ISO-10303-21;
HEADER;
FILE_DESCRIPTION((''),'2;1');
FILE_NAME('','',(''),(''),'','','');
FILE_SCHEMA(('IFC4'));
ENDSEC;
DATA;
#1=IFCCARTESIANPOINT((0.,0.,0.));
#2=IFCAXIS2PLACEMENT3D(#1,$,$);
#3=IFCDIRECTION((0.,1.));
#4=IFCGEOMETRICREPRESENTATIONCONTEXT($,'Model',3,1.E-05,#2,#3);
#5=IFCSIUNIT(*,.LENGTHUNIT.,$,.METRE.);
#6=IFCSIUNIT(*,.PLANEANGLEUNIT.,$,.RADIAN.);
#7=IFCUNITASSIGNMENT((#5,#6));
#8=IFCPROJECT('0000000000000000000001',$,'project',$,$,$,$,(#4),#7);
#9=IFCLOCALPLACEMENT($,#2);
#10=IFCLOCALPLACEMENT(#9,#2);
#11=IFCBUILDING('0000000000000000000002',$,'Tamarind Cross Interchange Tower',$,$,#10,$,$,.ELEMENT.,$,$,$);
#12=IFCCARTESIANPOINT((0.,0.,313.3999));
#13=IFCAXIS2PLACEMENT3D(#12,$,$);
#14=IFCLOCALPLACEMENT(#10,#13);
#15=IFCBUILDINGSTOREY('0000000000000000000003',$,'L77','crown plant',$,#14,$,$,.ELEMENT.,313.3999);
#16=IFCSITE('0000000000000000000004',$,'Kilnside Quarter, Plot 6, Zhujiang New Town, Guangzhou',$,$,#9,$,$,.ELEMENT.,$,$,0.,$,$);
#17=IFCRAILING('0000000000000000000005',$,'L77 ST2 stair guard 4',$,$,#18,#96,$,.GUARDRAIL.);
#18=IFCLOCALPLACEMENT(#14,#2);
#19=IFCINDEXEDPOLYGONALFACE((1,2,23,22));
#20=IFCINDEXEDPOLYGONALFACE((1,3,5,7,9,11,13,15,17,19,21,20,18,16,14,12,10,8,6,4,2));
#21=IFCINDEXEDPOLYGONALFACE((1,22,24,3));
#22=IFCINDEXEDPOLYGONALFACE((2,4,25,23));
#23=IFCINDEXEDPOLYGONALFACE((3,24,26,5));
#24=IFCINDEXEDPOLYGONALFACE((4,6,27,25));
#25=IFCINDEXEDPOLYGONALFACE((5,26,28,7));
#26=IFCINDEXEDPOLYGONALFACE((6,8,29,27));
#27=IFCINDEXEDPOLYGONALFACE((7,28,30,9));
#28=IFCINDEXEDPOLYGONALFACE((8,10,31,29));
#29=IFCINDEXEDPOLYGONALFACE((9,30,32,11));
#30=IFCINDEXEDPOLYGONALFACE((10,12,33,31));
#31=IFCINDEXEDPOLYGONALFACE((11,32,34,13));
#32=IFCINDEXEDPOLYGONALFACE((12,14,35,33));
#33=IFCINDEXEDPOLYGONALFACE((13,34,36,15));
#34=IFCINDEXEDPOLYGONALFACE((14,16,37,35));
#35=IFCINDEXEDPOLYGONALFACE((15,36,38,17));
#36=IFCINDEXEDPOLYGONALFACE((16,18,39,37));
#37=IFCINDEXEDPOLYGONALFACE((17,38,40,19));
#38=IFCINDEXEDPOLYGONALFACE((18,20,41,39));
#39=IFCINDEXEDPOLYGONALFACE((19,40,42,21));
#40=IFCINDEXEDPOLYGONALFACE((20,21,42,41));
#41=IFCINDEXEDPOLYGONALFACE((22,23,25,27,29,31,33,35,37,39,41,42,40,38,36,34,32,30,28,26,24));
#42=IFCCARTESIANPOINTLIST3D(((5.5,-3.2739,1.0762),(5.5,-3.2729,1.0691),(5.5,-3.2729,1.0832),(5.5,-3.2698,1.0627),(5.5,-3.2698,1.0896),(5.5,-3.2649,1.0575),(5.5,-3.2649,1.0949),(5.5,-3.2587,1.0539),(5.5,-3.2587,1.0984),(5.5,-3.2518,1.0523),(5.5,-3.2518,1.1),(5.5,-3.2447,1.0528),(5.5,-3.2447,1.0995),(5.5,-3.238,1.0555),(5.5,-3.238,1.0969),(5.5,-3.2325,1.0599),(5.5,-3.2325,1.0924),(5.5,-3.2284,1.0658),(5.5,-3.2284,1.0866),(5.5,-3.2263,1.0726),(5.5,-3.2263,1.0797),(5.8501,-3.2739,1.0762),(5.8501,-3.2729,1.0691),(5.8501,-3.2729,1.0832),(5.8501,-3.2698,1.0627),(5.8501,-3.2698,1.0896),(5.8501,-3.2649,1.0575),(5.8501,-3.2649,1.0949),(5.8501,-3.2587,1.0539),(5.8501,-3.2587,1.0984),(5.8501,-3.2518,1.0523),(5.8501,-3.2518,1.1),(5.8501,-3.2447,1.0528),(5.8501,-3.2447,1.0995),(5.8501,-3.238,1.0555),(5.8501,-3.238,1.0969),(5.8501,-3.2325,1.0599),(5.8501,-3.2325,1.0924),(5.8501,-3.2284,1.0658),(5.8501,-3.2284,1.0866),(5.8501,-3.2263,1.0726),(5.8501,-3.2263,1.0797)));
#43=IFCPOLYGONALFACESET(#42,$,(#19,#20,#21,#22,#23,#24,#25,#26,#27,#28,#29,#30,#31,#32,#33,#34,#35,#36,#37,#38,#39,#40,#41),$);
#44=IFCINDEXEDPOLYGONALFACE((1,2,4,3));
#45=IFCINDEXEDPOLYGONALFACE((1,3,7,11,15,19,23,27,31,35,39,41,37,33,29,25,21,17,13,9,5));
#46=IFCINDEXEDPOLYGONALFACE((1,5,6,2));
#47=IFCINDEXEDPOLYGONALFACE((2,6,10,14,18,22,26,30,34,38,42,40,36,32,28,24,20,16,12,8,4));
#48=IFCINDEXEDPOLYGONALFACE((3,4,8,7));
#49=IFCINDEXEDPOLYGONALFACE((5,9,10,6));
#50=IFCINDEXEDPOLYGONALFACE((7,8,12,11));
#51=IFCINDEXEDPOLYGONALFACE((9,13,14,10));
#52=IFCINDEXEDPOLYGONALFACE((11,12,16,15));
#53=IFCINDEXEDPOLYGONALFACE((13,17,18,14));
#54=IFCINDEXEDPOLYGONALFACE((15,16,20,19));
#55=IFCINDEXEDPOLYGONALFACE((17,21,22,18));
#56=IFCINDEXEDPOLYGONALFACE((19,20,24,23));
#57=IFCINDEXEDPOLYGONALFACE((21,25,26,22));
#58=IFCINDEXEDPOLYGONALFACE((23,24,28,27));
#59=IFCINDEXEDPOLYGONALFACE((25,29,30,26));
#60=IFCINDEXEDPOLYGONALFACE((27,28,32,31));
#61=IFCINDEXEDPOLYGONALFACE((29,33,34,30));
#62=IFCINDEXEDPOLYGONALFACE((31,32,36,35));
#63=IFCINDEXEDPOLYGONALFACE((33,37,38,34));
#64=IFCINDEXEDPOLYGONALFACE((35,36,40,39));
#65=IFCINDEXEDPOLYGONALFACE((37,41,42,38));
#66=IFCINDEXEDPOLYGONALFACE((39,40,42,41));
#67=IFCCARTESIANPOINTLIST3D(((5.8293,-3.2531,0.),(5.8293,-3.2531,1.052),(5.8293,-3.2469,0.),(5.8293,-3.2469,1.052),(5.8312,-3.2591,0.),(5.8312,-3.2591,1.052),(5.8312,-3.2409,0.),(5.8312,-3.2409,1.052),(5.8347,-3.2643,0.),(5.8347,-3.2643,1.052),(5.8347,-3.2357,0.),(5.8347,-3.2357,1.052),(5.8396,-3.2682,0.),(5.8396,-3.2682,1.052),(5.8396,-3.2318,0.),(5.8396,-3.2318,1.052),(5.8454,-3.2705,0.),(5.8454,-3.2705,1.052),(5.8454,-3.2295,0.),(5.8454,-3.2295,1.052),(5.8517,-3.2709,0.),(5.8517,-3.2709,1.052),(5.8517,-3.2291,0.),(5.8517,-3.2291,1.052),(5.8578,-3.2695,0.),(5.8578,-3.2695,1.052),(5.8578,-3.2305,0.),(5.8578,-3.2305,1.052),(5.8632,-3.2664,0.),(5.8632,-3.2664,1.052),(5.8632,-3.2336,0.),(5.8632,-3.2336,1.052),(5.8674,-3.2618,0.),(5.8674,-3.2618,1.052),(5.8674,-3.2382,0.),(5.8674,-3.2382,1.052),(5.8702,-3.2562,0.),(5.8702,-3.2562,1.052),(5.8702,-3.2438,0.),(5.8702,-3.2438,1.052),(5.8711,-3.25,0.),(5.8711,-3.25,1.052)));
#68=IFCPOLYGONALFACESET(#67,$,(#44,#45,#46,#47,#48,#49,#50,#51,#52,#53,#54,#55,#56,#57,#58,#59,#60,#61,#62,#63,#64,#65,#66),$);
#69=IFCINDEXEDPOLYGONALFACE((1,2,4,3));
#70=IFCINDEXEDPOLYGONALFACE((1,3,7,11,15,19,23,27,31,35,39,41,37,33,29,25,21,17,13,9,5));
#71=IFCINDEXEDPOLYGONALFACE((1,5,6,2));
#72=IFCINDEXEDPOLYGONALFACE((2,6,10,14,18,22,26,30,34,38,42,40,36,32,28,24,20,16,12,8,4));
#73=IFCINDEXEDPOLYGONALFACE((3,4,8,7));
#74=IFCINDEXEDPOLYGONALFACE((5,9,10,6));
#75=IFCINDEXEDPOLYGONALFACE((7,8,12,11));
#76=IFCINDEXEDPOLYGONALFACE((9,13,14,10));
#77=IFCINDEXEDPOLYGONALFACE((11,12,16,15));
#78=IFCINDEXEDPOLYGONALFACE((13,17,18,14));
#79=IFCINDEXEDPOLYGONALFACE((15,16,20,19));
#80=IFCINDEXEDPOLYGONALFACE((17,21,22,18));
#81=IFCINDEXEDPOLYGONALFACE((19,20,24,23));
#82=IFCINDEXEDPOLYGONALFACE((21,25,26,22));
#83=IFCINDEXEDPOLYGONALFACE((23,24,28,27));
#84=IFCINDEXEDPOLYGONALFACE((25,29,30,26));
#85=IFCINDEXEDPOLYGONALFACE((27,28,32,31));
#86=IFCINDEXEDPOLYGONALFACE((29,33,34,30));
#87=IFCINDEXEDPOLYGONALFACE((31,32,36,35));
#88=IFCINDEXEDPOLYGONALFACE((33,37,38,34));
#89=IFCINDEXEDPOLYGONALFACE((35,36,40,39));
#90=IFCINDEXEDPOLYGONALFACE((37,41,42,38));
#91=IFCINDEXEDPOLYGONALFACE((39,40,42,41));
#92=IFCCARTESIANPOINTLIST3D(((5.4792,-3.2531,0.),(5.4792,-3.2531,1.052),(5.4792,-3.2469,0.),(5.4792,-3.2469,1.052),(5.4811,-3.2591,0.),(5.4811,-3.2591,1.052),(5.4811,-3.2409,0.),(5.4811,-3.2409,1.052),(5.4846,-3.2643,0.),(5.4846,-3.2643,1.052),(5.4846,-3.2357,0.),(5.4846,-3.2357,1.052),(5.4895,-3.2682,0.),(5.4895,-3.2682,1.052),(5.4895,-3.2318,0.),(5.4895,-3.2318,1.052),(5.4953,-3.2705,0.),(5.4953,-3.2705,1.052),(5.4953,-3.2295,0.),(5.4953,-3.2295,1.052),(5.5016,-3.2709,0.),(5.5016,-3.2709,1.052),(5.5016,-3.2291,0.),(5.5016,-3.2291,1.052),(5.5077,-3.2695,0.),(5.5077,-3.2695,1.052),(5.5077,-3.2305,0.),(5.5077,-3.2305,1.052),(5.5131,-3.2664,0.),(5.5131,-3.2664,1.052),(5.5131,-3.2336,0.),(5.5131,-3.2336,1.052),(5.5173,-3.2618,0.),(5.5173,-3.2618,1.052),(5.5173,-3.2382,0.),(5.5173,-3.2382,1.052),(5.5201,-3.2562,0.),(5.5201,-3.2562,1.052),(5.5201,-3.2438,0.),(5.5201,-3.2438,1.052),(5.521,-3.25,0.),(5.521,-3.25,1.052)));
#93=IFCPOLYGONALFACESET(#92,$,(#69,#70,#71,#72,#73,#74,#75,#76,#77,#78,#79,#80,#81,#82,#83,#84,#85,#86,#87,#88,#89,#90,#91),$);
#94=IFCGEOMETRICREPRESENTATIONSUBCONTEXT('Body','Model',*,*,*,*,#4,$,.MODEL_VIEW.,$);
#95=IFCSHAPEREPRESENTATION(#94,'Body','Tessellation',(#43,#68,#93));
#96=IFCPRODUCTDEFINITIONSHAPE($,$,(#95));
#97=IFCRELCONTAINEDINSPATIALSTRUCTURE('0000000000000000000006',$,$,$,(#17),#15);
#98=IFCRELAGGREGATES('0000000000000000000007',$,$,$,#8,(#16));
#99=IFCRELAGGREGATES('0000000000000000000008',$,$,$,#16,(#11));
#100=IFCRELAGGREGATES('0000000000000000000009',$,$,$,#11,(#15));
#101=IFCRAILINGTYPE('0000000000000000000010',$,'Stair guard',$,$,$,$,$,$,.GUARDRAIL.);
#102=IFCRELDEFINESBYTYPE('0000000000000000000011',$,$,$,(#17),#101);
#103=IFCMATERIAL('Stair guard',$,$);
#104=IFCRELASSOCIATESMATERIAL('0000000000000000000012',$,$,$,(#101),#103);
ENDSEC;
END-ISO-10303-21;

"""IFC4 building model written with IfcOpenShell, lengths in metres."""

from ifc_helpers import new_model, si_unit, direction, frame, origin, origin_2d, place, context, subcontext, project, spatial, circle, extrude, material, type_object, element, save


model = new_model("IFC4")

# Units and contexts
model_context = context("Model", 3, precision=1e-05, world=origin(), true_north=direction((0.0, 1.0)))
body_context = subcontext(model_context, "Body", "Model", "MODEL_VIEW")
ifc_project = project(units=[si_unit("LENGTHUNIT", "METRE"), si_unit("PLANEANGLEUNIT", "RADIAN")], contexts=[model_context])

# Site, building, storey
site_placement = place(None, origin())
site = spatial("IfcSite", under=ifc_project, at=site_placement, Name="Kilnside Quarter, Plot 6, Zhujiang New Town, Guangzhou", CompositionType="ELEMENT", RefElevation=0.0)
building_placement = place(site_placement, origin())
building = spatial("IfcBuilding", under=site, at=building_placement, Name="Tamarind Cross Interchange Tower", CompositionType="ELEMENT")
storey_placement = place(building_placement, frame((0.0, 0.0, 313.3999)))
storey = spatial("IfcBuildingStorey", under=building, at=storey_placement, Name="L77", Description="crown plant", CompositionType="ELEMENT", Elevation=313.3999)

# Railing
ifc_material_1 = material(Name="Stair guard")
railing_type_1 = type_object("IfcRailingType", Name="Stair guard", PredefinedType="GUARDRAIL", material=ifc_material_1)
railing_1_placement = place(storey_placement, frame((5.8501, -3.25, 0.0)))
element("IfcRailing", 1, at=railing_1_placement, inside=storey, type_object=railing_type_1, Name="L77 ST2 stair guard 4", PredefinedType="GUARDRAIL", context=body_context, shape_type="SweptSolid", body=[
    extrude(circle(Radius=0.0239, at=origin_2d()), frame((0.0, 0.0, 1.0762), z_axis=(-1.0, 0.0, 0.0), x_axis=(0.0, -1.0, 0.0)), (0.0, 0.0, 1.0), 0.3501),
    extrude(circle(Radius=0.021, at=origin_2d()), origin(), (0.0, 0.0, 1.0), 1.052),
    extrude(circle(Radius=0.021, at=origin_2d()), frame((-0.3501, 0.0, 0.0)), (0.0, 0.0, 1.0), 1.052),
])

save(model, "model.ifc")
